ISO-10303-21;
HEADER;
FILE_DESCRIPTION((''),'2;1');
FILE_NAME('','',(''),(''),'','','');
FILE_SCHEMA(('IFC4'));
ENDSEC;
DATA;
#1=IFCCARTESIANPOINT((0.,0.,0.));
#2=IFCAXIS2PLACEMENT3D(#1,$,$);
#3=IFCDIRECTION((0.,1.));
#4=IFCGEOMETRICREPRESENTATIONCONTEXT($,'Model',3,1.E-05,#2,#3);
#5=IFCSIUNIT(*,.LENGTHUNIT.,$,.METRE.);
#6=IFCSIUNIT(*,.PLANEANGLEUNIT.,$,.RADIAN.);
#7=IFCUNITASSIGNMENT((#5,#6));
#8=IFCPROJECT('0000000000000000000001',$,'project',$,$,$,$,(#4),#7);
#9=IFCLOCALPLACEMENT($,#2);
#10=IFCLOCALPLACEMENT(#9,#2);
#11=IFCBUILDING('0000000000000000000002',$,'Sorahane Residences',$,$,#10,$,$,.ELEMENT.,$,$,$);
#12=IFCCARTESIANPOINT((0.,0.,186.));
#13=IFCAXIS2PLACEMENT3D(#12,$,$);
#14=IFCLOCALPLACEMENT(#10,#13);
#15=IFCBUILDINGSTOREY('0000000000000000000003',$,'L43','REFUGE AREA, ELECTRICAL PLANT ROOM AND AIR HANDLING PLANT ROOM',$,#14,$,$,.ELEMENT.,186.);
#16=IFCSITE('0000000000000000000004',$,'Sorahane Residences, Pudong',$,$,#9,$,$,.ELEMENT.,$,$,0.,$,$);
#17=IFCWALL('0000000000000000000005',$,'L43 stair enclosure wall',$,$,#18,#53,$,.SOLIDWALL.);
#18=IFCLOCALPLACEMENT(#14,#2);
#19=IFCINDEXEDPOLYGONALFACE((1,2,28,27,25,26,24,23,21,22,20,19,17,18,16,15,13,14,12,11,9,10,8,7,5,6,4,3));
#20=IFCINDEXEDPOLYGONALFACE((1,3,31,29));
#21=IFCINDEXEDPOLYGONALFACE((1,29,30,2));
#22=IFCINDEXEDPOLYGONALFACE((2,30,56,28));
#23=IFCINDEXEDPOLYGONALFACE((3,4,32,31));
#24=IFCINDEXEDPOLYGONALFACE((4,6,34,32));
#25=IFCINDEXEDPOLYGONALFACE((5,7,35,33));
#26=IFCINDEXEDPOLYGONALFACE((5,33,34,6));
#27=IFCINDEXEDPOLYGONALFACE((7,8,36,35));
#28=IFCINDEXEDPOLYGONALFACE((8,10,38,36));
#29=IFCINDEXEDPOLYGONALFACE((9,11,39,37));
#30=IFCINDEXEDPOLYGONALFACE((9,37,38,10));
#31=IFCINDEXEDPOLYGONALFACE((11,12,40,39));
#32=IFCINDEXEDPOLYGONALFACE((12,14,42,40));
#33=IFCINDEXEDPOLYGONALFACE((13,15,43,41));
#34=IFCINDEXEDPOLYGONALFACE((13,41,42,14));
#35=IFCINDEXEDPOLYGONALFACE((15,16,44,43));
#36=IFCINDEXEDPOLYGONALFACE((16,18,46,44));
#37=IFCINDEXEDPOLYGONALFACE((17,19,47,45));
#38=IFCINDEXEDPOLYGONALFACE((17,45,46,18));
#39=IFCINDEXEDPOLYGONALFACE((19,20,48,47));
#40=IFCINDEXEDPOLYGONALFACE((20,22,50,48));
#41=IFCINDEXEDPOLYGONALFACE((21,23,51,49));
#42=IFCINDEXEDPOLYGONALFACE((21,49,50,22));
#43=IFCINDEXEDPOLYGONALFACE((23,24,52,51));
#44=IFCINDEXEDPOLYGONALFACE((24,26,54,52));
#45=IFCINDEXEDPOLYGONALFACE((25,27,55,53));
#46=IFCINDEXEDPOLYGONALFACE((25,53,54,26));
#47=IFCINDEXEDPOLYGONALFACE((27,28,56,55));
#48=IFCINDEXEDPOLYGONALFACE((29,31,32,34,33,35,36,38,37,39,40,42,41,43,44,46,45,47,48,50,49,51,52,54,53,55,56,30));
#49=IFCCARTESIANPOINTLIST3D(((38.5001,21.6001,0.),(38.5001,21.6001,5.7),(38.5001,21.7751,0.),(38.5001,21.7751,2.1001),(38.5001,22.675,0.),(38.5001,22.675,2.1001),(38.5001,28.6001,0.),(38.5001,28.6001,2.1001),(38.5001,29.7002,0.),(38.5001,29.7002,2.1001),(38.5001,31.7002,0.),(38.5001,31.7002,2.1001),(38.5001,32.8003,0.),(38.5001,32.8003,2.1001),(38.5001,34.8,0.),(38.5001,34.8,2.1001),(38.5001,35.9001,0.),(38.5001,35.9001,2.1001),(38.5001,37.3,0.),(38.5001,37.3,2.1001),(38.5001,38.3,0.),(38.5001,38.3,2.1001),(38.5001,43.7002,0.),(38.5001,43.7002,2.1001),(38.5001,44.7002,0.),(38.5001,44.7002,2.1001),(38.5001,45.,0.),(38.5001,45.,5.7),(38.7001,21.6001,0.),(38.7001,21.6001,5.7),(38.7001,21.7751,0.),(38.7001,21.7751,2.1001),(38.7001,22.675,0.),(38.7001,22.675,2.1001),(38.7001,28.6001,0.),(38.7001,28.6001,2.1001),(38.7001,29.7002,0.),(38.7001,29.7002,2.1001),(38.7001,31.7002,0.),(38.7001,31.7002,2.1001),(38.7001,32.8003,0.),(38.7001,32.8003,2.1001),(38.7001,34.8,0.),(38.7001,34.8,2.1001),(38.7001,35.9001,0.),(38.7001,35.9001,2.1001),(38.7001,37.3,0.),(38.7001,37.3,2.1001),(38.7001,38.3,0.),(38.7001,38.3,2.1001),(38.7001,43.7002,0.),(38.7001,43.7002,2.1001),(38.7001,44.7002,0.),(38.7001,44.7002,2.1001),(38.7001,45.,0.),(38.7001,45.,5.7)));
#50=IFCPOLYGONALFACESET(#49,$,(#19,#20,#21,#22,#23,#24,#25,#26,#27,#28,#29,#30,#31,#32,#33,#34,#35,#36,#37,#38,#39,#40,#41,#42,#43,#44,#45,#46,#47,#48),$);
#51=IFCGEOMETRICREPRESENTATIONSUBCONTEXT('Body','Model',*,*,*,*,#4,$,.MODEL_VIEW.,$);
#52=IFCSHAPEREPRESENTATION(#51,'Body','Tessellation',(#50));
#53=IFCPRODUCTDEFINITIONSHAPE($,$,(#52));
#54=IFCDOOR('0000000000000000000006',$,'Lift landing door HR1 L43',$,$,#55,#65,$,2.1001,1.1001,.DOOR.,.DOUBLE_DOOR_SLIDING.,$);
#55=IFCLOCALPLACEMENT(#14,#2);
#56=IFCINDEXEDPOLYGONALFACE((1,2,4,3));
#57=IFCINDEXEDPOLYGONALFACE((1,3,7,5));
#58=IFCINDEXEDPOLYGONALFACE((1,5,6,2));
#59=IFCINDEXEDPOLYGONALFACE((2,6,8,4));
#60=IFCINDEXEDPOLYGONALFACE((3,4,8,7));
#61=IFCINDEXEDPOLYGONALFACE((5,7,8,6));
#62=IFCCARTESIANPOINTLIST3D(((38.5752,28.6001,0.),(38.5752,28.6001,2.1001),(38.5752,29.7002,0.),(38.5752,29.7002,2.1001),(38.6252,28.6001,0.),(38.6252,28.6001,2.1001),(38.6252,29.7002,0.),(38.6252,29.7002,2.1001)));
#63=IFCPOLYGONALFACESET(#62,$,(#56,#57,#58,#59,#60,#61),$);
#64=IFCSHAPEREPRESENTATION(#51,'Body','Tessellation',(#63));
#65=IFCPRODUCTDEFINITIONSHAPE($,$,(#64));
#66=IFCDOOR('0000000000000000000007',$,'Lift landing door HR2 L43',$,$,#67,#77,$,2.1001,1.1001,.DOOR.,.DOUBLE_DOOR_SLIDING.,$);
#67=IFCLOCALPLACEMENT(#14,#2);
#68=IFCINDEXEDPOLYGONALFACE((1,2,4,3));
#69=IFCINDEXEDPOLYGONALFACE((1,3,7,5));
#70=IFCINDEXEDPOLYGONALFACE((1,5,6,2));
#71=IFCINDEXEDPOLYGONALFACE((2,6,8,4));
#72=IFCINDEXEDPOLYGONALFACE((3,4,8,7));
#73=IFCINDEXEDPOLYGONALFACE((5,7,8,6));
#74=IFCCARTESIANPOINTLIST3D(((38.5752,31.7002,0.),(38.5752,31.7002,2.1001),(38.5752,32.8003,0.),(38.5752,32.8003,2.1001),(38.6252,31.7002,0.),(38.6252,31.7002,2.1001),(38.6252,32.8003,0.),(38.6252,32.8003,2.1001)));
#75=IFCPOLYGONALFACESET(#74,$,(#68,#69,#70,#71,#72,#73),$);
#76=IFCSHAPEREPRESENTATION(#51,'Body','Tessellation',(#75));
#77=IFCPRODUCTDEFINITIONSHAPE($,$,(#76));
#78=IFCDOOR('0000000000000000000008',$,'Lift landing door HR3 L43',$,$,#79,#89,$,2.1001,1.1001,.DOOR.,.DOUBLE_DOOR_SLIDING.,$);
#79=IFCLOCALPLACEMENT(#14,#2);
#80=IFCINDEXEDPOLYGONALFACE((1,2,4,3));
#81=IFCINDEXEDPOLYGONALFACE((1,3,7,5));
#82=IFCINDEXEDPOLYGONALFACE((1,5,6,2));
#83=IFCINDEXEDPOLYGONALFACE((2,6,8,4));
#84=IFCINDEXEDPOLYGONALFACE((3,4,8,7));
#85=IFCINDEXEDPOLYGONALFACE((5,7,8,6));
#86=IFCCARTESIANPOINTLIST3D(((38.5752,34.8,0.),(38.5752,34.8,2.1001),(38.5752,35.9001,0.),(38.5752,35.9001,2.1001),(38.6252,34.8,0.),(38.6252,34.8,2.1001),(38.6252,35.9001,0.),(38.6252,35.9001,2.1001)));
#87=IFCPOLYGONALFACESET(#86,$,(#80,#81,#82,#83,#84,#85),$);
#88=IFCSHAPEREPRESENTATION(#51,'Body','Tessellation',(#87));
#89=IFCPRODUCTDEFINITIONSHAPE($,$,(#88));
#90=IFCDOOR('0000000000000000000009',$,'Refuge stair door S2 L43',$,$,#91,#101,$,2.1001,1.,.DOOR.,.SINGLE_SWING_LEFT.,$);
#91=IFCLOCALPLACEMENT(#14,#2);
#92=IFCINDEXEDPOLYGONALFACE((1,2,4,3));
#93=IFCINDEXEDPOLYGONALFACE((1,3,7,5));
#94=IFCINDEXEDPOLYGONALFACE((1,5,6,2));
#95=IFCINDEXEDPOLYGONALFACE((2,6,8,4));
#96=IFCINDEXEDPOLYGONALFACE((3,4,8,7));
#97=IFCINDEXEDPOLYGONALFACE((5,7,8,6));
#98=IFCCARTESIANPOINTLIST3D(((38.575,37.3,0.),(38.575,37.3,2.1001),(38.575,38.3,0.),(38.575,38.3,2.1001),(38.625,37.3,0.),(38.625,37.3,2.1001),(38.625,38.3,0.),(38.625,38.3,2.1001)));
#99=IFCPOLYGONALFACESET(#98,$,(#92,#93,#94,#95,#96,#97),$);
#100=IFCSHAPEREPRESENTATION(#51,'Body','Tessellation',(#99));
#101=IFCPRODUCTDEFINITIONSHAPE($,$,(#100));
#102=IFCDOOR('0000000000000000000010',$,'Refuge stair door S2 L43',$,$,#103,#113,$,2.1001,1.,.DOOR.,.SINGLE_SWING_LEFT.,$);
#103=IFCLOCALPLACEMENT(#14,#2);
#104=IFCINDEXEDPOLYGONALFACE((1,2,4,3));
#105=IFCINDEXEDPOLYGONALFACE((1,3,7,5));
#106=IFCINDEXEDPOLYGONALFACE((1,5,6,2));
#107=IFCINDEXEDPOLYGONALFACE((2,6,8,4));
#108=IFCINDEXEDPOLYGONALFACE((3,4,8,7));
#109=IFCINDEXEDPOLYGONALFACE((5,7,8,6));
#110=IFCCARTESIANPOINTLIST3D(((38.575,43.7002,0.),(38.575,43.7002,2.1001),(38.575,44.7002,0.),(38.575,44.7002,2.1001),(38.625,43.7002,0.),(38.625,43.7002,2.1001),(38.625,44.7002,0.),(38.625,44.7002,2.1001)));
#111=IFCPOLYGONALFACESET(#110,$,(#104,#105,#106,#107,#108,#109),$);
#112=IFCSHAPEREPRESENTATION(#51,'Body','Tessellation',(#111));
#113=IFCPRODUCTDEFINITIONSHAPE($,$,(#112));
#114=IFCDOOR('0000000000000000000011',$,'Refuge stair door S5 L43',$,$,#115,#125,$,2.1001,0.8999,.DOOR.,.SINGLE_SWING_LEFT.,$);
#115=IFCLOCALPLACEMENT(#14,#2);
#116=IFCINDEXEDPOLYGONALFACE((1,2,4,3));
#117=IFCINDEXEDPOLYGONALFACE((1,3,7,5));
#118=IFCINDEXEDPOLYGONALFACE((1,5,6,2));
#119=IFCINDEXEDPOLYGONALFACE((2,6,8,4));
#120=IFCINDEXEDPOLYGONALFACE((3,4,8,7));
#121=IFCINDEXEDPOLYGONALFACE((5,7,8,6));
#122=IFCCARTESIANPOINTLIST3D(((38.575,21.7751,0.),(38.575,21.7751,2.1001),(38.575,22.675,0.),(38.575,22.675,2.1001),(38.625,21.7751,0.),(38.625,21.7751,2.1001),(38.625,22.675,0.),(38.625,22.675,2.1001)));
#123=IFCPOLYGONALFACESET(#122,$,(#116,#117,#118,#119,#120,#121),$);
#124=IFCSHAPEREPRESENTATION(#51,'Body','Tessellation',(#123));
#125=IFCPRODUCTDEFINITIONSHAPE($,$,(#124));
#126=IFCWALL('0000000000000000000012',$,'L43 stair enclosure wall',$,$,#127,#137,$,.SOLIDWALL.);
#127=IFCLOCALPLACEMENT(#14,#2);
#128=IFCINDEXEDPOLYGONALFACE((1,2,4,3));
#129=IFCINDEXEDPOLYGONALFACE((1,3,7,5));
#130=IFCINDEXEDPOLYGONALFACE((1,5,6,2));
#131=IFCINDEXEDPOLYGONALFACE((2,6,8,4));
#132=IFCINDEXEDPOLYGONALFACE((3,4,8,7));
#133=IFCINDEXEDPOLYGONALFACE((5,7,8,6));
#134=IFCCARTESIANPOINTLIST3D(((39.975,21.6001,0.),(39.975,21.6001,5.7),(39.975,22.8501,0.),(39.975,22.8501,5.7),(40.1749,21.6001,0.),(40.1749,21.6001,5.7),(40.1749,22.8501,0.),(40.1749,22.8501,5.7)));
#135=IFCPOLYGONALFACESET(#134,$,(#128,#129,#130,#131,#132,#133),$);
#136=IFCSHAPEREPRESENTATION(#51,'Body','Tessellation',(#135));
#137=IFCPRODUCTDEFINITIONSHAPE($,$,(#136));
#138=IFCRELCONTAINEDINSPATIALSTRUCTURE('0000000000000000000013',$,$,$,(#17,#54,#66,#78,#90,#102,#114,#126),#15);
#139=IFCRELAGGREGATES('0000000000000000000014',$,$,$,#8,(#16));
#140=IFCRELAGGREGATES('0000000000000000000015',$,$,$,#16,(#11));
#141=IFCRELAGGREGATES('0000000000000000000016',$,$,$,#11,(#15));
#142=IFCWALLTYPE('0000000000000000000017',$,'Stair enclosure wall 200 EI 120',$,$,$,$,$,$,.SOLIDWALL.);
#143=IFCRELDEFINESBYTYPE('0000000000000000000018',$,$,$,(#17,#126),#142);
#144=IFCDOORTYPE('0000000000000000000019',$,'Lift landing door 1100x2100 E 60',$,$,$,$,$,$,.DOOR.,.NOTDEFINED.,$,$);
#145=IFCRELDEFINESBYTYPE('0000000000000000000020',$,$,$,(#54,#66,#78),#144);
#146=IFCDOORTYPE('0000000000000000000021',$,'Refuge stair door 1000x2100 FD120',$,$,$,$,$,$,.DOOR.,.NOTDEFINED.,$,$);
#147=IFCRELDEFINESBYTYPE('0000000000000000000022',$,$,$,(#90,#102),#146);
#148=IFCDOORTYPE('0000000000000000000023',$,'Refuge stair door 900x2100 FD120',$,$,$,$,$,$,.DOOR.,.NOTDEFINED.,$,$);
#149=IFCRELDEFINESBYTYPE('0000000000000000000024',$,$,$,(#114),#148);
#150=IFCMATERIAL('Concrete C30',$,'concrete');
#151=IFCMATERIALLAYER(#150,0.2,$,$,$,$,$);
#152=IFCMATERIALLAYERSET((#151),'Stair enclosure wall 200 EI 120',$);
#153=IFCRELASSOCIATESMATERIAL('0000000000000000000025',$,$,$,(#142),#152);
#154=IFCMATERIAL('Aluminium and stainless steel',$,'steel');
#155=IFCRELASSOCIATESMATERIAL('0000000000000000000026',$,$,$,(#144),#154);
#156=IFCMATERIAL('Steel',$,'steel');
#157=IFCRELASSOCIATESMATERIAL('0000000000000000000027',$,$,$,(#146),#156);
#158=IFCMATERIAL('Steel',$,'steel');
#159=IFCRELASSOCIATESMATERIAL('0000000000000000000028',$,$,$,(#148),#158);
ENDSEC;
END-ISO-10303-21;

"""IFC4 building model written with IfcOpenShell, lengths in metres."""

from ifc_helpers import new_model, si_unit, direction, frame, frame_2d, origin, place, context, subcontext, project, spatial, rectangle, extrude, material, layer, layer_set, type_object, element, fill, save


model = new_model("IFC4")

# Units and contexts
model_context = context("Model", 3, precision=1e-05, world=origin(), true_north=direction((0.0, 1.0)))
body_context = subcontext(model_context, "Body", "Model", "MODEL_VIEW")
ifc_project = project(units=[si_unit("LENGTHUNIT", "METRE"), si_unit("PLANEANGLEUNIT", "RADIAN")], contexts=[model_context])

# Site, building, storey
site_placement = place(None, origin())
site = spatial("IfcSite", under=ifc_project, at=site_placement, Name="Sorahane Residences, Pudong", CompositionType="ELEMENT", RefElevation=0.0)
building_placement = place(site_placement, origin())
building = spatial("IfcBuilding", under=site, at=building_placement, Name="Sorahane Residences", CompositionType="ELEMENT")
storey_placement = place(building_placement, frame((0.0, 0.0, 186.0)))
storey = spatial("IfcBuildingStorey", under=building, at=storey_placement, Name="L43", Description="REFUGE AREA, ELECTRICAL PLANT ROOM AND AIR HANDLING PLANT ROOM", CompositionType="ELEMENT", Elevation=186.0)

# Wall, openings, doors
ifc_material_1 = material(Name="Concrete C30", Category="concrete")
ifc_layer_1 = layer(ifc_material_1, 0.2)
ifc_layer_set_1 = layer_set([ifc_layer_1], Name="Stair enclosure wall 200 EI 120")
wall_type = type_object("IfcWallType", Name="Stair enclosure wall 200 EI 120", PredefinedType="SOLIDWALL", material=ifc_layer_set_1)
wall_1_placement = place(storey_placement, frame((38.6001, 21.6001, 0.0), z_axis=(0.0, 0.0, 1.0), x_axis=(0.0, 1.0, 0.0)))
wall_1 = element("IfcWall", 1, at=wall_1_placement, inside=storey, type_object=wall_type, Name="L43 stair enclosure wall", PredefinedType="SOLIDWALL", context=body_context, shape_type="SweptSolid", body=[
    extrude(rectangle(XDim=23.3999, YDim=0.2, at=frame_2d((11.7, 0.0))), origin(), (0.0, 0.0, 1.0), 5.7),
])
opening_1_placement = place(wall_1_placement, frame((7.0, 0.0, 0.0)))
opening_1 = element("IfcOpeningElement", 2, at=opening_1_placement, cuts=wall_1, PredefinedType="OPENING", context=body_context, shape_type="SweptSolid", body=[
    extrude(rectangle(XDim=1.1001, YDim=2.1001, at=frame_2d((0.55, 1.05))), frame((0.0, 0.1099, 0.0), z_axis=(0.0, -1.0, 0.0), x_axis=(1.0, 0.0, 0.0)), (0.0, 0.0, 1.0), 0.22),
])
opening_2_placement = place(wall_1_placement, frame((10.1001, 0.0, 0.0)))
opening_2 = element("IfcOpeningElement", 3, at=opening_2_placement, cuts=wall_1, PredefinedType="OPENING", context=body_context, shape_type="SweptSolid", body=[
    extrude(rectangle(XDim=1.1001, YDim=2.1001, at=frame_2d((0.55, 1.05))), frame((0.0, 0.1099, 0.0), z_axis=(0.0, -1.0, 0.0), x_axis=(1.0, 0.0, 0.0)), (0.0, 0.0, 1.0), 0.22),
])
opening_3_placement = place(wall_1_placement, frame((13.2, 0.0, 0.0)))
opening_3 = element("IfcOpeningElement", 4, at=opening_3_placement, cuts=wall_1, PredefinedType="OPENING", context=body_context, shape_type="SweptSolid", body=[
    extrude(rectangle(XDim=1.1001, YDim=2.1001, at=frame_2d((0.55, 1.05))), frame((0.0, 0.1099, 0.0), z_axis=(0.0, -1.0, 0.0), x_axis=(1.0, 0.0, 0.0)), (0.0, 0.0, 1.0), 0.22),
])
opening_4_placement = place(wall_1_placement, frame((15.7, 0.0, 0.0)))
opening_4 = element("IfcOpeningElement", 5, at=opening_4_placement, cuts=wall_1, PredefinedType="OPENING", context=body_context, shape_type="SweptSolid", body=[
    extrude(rectangle(XDim=1.0, YDim=2.1001, at=frame_2d((0.5, 1.05))), frame((0.0, 0.1099, 0.0), z_axis=(0.0, -1.0, 0.0), x_axis=(1.0, 0.0, 0.0)), (0.0, 0.0, 1.0), 0.22),
])
opening_5_placement = place(wall_1_placement, frame((22.1001, 0.0, 0.0)))
opening_5 = element("IfcOpeningElement", 6, at=opening_5_placement, cuts=wall_1, PredefinedType="OPENING", context=body_context, shape_type="SweptSolid", body=[
    extrude(rectangle(XDim=1.0, YDim=2.1001, at=frame_2d((0.5, 1.05))), frame((0.0, 0.1099, 0.0), z_axis=(0.0, -1.0, 0.0), x_axis=(1.0, 0.0, 0.0)), (0.0, 0.0, 1.0), 0.22),
])
opening_6_placement = place(wall_1_placement, frame((0.175, 0.0, 0.0)))
opening_6 = element("IfcOpeningElement", 7, at=opening_6_placement, cuts=wall_1, PredefinedType="OPENING", context=body_context, shape_type="SweptSolid", body=[
    extrude(rectangle(XDim=0.8999, YDim=2.1001, at=frame_2d((0.45, 1.05))), frame((0.0, 0.1099, 0.0), z_axis=(0.0, -1.0, 0.0), x_axis=(1.0, 0.0, 0.0)), (0.0, 0.0, 1.0), 0.22),
])
ifc_material_2 = material(Name="Aluminium and stainless steel", Category="steel")
door_type_1 = type_object("IfcDoorType", Name="Lift landing door 1100x2100 E 60", OperationType="NOTDEFINED", PredefinedType="DOOR", material=ifc_material_2)
door_1_placement = place(opening_1_placement, origin())
door_1 = element("IfcDoor", 8, at=door_1_placement, inside=storey, type_object=door_type_1, Name="Lift landing door HR1 L43", OperationType="DOUBLE_DOOR_SLIDING", OverallHeight=2.1001, OverallWidth=1.1001, PredefinedType="DOOR", context=body_context, shape_type="SweptSolid", body=[
    extrude(rectangle(XDim=1.1001, YDim=2.1001, at=frame_2d((0.55, 1.05))), frame((0.0, 0.0249, 0.0), z_axis=(0.0, -1.0, 0.0), x_axis=(1.0, 0.0, 0.0)), (0.0, 0.0, 1.0), 0.05),
])
fill(opening_1, door_1)
door_2_placement = place(opening_2_placement, origin())
door_2 = element("IfcDoor", 9, at=door_2_placement, inside=storey, type_object=door_type_1, Name="Lift landing door HR2 L43", OperationType="DOUBLE_DOOR_SLIDING", OverallHeight=2.1001, OverallWidth=1.1001, PredefinedType="DOOR", context=body_context, shape_type="SweptSolid", body=[
    extrude(rectangle(XDim=1.1001, YDim=2.1001, at=frame_2d((0.55, 1.05))), frame((0.0, 0.0249, 0.0), z_axis=(0.0, -1.0, 0.0), x_axis=(1.0, 0.0, 0.0)), (0.0, 0.0, 1.0), 0.05),
])
fill(opening_2, door_2)
door_3_placement = place(opening_3_placement, origin())
door_3 = element("IfcDoor", 10, at=door_3_placement, inside=storey, type_object=door_type_1, Name="Lift landing door HR3 L43", OperationType="DOUBLE_DOOR_SLIDING", OverallHeight=2.1001, OverallWidth=1.1001, PredefinedType="DOOR", context=body_context, shape_type="SweptSolid", body=[
    extrude(rectangle(XDim=1.1001, YDim=2.1001, at=frame_2d((0.55, 1.05))), frame((0.0, 0.0249, 0.0), z_axis=(0.0, -1.0, 0.0), x_axis=(1.0, 0.0, 0.0)), (0.0, 0.0, 1.0), 0.05),
])
fill(opening_3, door_3)
ifc_material_3 = material(Name="Steel", Category="steel")
door_type_2 = type_object("IfcDoorType", Name="Refuge stair door 1000x2100 FD120", OperationType="NOTDEFINED", PredefinedType="DOOR", material=ifc_material_3)
door_4_placement = place(opening_4_placement, frame((1.0, 0.0, 0.0), z_axis=(0.0, 0.0, 1.0), x_axis=(-1.0, 0.0, 0.0)))
door_4 = element("IfcDoor", 11, at=door_4_placement, inside=storey, type_object=door_type_2, Name="Refuge stair door S2 L43", OperationType="SINGLE_SWING_LEFT", OverallHeight=2.1001, OverallWidth=1.0, PredefinedType="DOOR", context=body_context, shape_type="SweptSolid", body=[
    extrude(rectangle(XDim=1.0, YDim=2.1001, at=frame_2d((0.5, 1.05))), frame((0.0, 0.0249, 0.0), z_axis=(0.0, -1.0, 0.0), x_axis=(1.0, 0.0, 0.0)), (0.0, 0.0, 1.0), 0.05),
])
fill(opening_4, door_4)
door_5_placement = place(opening_5_placement, frame((1.0, 0.0, 0.0), z_axis=(0.0, 0.0, 1.0), x_axis=(-1.0, 0.0, 0.0)))
door_5 = element("IfcDoor", 12, at=door_5_placement, inside=storey, type_object=door_type_2, Name="Refuge stair door S2 L43", OperationType="SINGLE_SWING_LEFT", OverallHeight=2.1001, OverallWidth=1.0, PredefinedType="DOOR", context=body_context, shape_type="SweptSolid", body=[
    extrude(rectangle(XDim=1.0, YDim=2.1001, at=frame_2d((0.5, 1.05))), frame((0.0, 0.0249, 0.0), z_axis=(0.0, -1.0, 0.0), x_axis=(1.0, 0.0, 0.0)), (0.0, 0.0, 1.0), 0.05),
])
fill(opening_5, door_5)
ifc_material_4 = material(Name="Steel", Category="steel")
door_type_3 = type_object("IfcDoorType", Name="Refuge stair door 900x2100 FD120", OperationType="NOTDEFINED", PredefinedType="DOOR", material=ifc_material_4)
door_6_placement = place(opening_6_placement, frame((0.8999, 0.0, 0.0), z_axis=(0.0, 0.0, 1.0), x_axis=(-1.0, 0.0, 0.0)))
door_6 = element("IfcDoor", 13, at=door_6_placement, inside=storey, type_object=door_type_3, Name="Refuge stair door S5 L43", OperationType="SINGLE_SWING_LEFT", OverallHeight=2.1001, OverallWidth=0.8999, PredefinedType="DOOR", context=body_context, shape_type="SweptSolid", body=[
    extrude(rectangle(XDim=0.8999, YDim=2.1001, at=frame_2d((0.45, 1.05))), frame((0.0, 0.0249, 0.0), z_axis=(0.0, -1.0, 0.0), x_axis=(1.0, 0.0, 0.0)), (0.0, 0.0, 1.0), 0.05),
])
fill(opening_6, door_6)

# Wall
wall_2_placement = place(storey_placement, frame((40.075, 21.6001, 0.0), z_axis=(0.0, 0.0, 1.0), x_axis=(0.0, 1.0, 0.0)))
element("IfcWall", 14, at=wall_2_placement, inside=storey, type_object=wall_type, Name="L43 stair enclosure wall", PredefinedType="SOLIDWALL", context=body_context, shape_type="SweptSolid", body=[
    extrude(rectangle(XDim=1.25, YDim=0.2, at=frame_2d((0.625, 0.0))), origin(), (0.0, 0.0, 1.0), 5.7),
])

save(model, "model.ifc")
